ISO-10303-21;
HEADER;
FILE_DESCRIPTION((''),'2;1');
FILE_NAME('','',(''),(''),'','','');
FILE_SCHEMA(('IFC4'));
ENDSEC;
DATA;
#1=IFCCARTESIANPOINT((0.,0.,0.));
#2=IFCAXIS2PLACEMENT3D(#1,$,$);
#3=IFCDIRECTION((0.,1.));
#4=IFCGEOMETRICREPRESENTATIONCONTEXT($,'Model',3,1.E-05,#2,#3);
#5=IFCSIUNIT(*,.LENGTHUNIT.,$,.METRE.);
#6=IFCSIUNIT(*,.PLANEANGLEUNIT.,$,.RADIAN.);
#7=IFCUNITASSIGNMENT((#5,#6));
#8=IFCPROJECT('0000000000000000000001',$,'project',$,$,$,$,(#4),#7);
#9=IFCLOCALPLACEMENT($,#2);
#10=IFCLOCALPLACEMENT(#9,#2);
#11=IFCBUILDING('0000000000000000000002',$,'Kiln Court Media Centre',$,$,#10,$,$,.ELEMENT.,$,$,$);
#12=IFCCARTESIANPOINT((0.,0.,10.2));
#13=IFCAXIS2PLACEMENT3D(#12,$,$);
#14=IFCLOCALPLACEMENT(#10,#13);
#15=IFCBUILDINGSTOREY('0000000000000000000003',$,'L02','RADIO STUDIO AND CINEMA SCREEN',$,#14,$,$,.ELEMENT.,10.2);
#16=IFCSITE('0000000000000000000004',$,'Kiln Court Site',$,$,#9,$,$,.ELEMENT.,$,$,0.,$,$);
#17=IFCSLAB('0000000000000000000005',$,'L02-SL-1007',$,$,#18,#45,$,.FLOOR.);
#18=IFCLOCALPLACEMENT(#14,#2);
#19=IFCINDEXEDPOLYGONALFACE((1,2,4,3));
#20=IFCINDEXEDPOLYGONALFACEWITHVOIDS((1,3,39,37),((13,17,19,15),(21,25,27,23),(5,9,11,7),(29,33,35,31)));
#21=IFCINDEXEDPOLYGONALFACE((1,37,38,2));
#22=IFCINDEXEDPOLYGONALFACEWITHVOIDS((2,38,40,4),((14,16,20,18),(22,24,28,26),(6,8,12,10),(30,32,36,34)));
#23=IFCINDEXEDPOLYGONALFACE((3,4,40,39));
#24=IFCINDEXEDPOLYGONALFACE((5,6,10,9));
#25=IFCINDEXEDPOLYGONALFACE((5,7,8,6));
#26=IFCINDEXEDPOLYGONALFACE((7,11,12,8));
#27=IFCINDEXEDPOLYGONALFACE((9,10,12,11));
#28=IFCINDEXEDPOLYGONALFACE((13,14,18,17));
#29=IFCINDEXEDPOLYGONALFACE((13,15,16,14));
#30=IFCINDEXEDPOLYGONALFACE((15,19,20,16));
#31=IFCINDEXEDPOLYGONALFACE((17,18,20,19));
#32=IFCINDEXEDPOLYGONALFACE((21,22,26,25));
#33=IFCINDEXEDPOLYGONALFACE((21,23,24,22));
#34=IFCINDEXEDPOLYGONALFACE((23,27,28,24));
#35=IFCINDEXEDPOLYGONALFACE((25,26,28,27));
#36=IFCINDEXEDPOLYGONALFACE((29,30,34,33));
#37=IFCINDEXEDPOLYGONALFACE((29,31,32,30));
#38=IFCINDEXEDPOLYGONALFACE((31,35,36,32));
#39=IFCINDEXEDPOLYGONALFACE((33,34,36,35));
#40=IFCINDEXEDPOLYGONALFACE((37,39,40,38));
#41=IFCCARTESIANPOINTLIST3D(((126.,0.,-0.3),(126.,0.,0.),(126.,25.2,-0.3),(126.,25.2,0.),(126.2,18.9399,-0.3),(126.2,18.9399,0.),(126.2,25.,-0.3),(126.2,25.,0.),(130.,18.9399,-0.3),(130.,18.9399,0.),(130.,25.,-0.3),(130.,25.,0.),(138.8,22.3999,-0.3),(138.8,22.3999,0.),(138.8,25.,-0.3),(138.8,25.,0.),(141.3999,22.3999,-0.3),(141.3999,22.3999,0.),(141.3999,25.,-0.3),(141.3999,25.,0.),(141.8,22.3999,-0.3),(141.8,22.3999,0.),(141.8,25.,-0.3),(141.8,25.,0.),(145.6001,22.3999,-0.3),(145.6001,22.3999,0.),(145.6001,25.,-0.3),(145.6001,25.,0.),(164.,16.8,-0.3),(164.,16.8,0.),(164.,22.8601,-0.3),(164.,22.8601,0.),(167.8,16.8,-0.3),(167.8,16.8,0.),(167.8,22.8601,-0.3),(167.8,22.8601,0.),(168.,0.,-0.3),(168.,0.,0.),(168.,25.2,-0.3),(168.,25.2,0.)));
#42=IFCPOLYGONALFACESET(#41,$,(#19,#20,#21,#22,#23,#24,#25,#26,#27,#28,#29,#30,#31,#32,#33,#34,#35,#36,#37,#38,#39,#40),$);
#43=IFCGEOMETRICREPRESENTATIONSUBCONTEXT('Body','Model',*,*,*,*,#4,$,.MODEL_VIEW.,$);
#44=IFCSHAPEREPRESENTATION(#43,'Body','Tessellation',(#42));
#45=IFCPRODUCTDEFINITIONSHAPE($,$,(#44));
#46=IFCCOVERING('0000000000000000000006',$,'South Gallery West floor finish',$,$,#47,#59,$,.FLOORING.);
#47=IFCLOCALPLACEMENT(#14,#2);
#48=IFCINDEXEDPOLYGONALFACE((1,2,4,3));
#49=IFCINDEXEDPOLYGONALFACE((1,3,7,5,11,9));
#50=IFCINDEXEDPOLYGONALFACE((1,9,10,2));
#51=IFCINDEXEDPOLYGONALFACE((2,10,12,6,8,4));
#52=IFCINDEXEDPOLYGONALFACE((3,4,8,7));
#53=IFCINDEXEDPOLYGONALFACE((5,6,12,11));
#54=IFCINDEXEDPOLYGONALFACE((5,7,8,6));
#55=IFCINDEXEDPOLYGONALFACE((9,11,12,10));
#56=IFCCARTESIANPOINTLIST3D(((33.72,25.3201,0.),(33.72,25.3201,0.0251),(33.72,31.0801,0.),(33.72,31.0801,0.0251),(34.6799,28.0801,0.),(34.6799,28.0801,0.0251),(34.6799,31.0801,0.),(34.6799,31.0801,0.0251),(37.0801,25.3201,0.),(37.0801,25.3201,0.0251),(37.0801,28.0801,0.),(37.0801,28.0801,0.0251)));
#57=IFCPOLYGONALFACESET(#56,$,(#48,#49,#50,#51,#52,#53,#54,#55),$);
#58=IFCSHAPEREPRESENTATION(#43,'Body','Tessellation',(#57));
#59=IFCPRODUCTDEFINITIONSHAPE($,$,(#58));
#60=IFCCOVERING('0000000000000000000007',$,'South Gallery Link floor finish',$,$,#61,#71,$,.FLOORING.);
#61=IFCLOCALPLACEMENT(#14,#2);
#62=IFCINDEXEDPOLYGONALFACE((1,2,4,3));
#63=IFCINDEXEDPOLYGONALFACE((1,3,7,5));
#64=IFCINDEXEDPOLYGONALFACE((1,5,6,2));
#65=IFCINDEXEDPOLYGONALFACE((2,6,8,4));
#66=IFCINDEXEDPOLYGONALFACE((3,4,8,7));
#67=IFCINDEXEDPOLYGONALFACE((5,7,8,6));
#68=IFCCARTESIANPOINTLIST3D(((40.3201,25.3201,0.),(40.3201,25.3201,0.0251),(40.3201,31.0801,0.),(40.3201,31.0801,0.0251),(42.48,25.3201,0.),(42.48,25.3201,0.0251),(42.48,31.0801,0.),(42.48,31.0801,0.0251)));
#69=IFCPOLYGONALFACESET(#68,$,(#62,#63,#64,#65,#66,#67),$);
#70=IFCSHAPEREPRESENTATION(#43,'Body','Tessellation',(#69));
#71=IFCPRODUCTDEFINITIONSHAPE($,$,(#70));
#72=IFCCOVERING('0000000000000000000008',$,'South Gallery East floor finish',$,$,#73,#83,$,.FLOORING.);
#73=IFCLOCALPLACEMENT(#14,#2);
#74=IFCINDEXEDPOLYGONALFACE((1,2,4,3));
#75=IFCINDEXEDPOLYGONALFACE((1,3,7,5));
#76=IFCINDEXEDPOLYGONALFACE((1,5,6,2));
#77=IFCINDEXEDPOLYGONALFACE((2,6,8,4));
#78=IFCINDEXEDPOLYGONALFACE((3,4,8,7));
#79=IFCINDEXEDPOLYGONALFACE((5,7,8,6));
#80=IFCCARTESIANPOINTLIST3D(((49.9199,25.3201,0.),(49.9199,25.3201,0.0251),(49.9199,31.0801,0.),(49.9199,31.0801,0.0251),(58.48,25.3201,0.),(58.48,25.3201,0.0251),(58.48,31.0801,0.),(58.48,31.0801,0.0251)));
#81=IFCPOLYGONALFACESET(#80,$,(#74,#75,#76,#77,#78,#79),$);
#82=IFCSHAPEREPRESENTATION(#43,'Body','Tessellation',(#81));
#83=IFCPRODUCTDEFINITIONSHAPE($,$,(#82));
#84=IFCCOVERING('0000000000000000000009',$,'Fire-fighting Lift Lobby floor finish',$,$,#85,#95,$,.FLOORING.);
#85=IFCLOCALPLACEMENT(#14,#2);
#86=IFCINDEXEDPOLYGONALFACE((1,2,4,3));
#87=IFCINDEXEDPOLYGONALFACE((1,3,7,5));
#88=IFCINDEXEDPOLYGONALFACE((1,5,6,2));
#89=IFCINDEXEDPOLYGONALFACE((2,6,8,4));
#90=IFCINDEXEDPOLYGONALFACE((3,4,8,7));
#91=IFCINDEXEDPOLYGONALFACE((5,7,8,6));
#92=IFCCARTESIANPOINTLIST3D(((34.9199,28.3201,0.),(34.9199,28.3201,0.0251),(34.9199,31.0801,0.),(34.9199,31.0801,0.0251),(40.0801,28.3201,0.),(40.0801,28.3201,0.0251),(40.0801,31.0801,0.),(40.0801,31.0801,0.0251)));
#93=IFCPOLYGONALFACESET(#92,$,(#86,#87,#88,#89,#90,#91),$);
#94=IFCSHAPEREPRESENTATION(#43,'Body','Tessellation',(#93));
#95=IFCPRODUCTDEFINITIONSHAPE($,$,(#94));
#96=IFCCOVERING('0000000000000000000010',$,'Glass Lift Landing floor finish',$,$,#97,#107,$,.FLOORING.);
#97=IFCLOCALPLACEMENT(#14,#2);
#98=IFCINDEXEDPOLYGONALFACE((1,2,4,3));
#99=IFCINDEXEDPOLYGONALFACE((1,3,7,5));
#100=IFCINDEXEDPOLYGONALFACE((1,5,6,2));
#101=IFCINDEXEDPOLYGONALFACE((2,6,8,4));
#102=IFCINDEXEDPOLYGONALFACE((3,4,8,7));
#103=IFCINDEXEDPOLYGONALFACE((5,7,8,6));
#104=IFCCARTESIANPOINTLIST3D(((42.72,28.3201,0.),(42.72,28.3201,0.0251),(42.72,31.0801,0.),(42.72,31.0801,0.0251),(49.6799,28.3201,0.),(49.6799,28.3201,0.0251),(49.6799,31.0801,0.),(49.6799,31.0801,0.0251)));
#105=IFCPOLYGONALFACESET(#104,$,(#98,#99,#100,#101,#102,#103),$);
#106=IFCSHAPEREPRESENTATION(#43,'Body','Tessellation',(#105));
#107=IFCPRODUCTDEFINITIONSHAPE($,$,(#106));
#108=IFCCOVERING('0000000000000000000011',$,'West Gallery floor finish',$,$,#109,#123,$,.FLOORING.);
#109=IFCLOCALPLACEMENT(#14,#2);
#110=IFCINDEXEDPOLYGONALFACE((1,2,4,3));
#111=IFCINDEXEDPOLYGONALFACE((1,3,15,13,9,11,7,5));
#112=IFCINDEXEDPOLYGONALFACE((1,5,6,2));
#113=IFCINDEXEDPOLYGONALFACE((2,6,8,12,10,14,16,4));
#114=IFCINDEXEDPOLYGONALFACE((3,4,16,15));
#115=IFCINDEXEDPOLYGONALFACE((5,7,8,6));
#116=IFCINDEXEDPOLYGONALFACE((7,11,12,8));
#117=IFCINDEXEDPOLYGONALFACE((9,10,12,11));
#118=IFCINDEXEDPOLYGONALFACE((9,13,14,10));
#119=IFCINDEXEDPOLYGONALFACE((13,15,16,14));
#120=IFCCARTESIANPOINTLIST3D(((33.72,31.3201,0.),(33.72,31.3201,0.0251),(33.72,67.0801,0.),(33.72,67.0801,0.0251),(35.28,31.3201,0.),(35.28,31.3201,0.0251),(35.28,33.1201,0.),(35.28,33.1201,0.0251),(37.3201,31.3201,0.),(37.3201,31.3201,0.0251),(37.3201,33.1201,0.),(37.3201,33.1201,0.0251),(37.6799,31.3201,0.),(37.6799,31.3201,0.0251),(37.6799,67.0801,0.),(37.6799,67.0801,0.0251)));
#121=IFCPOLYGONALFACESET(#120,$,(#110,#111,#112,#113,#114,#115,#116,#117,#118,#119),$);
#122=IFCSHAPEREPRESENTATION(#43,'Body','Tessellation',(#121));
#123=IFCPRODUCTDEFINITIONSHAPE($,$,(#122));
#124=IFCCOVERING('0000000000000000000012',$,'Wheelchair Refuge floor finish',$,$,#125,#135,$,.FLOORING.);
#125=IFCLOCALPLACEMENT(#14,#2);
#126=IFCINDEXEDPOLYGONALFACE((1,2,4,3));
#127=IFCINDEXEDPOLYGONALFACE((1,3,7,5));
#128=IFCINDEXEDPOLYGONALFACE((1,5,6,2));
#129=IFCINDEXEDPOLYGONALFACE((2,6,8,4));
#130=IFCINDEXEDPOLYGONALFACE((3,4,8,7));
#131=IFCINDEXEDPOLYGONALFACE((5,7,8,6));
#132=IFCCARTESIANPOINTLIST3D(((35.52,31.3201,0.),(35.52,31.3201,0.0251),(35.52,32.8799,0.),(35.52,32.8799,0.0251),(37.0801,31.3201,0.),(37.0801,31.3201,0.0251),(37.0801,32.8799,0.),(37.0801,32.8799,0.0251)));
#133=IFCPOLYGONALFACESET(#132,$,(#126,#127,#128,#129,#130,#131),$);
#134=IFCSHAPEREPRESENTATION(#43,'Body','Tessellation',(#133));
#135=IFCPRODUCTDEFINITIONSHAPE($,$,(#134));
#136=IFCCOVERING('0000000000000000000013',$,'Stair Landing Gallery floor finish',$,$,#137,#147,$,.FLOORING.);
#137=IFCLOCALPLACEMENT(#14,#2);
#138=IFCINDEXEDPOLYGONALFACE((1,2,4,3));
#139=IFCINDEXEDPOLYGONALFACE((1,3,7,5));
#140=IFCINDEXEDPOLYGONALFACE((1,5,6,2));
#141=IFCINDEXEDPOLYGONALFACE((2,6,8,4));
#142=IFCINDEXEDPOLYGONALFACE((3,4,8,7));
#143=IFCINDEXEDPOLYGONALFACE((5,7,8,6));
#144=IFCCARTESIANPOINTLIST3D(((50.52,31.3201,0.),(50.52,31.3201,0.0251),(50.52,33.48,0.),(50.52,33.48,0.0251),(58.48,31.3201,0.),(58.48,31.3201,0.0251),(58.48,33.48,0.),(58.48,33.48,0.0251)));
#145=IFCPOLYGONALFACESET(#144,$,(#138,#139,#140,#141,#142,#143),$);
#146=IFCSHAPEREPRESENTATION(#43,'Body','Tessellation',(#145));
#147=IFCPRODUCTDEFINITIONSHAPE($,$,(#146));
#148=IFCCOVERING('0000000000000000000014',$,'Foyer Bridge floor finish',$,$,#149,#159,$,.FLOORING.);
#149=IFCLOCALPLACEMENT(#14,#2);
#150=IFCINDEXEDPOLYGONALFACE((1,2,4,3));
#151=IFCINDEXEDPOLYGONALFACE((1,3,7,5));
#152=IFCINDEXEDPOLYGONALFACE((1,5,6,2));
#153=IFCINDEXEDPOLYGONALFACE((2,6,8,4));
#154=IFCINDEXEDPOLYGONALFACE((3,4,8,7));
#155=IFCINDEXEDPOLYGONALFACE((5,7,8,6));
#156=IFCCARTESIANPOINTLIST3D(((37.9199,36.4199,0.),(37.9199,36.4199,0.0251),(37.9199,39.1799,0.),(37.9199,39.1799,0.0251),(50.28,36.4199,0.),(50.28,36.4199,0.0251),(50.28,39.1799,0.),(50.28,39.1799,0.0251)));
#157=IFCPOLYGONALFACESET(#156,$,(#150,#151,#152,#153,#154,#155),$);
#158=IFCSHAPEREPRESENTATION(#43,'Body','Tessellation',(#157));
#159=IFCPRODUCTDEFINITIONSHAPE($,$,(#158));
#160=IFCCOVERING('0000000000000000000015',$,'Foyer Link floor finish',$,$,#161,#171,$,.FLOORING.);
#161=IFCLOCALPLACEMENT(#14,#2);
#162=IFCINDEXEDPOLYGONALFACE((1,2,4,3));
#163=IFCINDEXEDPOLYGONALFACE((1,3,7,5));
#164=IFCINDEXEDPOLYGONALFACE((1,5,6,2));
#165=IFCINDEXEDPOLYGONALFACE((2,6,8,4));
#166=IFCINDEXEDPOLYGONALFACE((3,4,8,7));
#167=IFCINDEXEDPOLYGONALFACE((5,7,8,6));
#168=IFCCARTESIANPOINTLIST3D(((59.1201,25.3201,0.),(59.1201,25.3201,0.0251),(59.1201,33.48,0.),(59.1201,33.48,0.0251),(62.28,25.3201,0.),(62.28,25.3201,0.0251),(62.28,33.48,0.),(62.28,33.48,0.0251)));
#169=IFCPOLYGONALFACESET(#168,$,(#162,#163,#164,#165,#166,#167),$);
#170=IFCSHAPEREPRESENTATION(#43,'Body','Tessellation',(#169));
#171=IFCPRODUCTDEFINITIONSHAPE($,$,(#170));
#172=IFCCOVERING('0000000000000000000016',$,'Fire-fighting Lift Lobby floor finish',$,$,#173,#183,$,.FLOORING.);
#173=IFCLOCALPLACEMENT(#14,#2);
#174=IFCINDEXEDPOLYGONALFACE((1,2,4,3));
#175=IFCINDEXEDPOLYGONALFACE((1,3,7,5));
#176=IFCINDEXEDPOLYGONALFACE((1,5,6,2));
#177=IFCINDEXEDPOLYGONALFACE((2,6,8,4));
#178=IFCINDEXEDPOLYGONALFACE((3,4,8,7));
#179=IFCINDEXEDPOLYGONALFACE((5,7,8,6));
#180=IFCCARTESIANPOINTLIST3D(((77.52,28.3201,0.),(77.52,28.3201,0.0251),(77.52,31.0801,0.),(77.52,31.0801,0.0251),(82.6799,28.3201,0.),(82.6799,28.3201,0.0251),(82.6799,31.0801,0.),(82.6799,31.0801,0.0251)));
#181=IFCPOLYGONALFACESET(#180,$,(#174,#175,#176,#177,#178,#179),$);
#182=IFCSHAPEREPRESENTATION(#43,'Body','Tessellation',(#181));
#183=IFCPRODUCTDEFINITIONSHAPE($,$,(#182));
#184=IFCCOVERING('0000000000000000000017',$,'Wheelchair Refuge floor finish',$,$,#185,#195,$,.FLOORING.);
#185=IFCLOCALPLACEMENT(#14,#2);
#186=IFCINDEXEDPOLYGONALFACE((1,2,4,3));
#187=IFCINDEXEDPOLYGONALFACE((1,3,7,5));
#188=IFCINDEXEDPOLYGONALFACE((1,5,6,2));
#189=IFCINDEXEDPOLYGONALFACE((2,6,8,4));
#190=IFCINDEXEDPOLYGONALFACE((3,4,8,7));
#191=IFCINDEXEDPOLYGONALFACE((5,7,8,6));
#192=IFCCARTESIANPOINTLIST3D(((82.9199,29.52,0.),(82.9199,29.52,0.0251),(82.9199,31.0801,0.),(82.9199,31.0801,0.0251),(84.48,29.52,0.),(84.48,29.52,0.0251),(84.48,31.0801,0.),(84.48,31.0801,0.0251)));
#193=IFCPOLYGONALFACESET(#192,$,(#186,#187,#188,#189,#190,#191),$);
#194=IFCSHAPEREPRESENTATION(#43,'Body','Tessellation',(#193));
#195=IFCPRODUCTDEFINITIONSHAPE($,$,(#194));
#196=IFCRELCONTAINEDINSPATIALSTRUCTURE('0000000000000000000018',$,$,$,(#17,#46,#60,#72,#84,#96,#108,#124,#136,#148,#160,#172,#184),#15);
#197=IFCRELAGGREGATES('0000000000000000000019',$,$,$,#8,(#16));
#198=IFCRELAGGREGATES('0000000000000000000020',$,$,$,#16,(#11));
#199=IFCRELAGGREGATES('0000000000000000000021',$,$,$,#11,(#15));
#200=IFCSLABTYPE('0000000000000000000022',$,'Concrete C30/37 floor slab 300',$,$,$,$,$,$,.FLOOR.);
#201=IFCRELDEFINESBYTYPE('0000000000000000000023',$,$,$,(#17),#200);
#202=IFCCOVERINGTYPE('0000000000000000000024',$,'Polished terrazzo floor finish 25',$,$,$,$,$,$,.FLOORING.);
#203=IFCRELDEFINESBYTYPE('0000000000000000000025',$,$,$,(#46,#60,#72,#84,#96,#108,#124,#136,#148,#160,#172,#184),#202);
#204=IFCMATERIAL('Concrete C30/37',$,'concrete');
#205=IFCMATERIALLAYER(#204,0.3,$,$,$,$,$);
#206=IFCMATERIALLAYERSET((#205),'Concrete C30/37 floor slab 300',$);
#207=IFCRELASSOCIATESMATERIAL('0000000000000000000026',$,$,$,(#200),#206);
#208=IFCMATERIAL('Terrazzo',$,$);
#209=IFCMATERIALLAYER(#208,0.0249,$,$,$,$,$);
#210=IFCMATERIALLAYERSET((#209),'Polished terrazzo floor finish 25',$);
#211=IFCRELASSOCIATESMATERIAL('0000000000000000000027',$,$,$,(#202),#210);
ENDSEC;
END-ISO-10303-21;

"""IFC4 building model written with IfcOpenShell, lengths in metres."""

from ifc_helpers import new_model, si_unit, direction, frame, origin, place, context, subcontext, project, spatial, polyline, outline, extrude, material, layer, layer_set, type_object, element, save


model = new_model("IFC4")

# Units and contexts
model_context = context("Model", 3, precision=1e-05, world=origin(), true_north=direction((0.0, 1.0)))
body_context = subcontext(model_context, "Body", "Model", "MODEL_VIEW")
ifc_project = project(units=[si_unit("LENGTHUNIT", "METRE"), si_unit("PLANEANGLEUNIT", "RADIAN")], contexts=[model_context])

# Site, building, storey
site_placement = place(None, origin())
site = spatial("IfcSite", under=ifc_project, at=site_placement, Name="Kiln Court Site", CompositionType="ELEMENT", RefElevation=0.0)
building_placement = place(site_placement, origin())
building = spatial("IfcBuilding", under=site, at=building_placement, Name="Kiln Court Media Centre", CompositionType="ELEMENT")
storey_placement = place(building_placement, frame((0.0, 0.0, 10.2)))
storey = spatial("IfcBuildingStorey", under=building, at=storey_placement, Name="L02", Description="RADIO STUDIO AND CINEMA SCREEN", CompositionType="ELEMENT", Elevation=10.2)

# Slab
ifc_material_1 = material(Name="Concrete C30/37", Category="concrete")
ifc_layer_1 = layer(ifc_material_1, 0.3)
ifc_layer_set_1 = layer_set([ifc_layer_1], Name="Concrete C30/37 floor slab 300")
slab_type_1 = type_object("IfcSlabType", Name="Concrete C30/37 floor slab 300", PredefinedType="FLOOR", material=ifc_layer_set_1)
slab_1_placement = place(storey_placement, frame((0.0, 0.0, -0.3)))
element("IfcSlab", 1, at=slab_1_placement, inside=storey, type_object=slab_type_1, Name="L02-SL-1007", PredefinedType="FLOOR", context=body_context, shape_type="SweptSolid", body=[
    extrude(outline(polyline([(126.0, 0.0), (126.0, 25.2), (168.0, 25.2), (168.0, 0.0), (126.0, 0.0)]), holes=[polyline([(164.0, 16.8), (167.8, 16.8), (167.8, 22.8601), (164.0, 22.8601), (164.0, 16.8)]), polyline([(126.2, 18.9399), (130.0, 18.9399), (130.0, 25.0), (126.2, 25.0), (126.2, 18.9399)]), polyline([(138.8, 22.3999), (141.3999, 22.3999), (141.3999, 25.0), (138.8, 25.0), (138.8, 22.3999)]), polyline([(141.8, 22.3999), (145.6001, 22.3999), (145.6001, 25.0), (141.8, 25.0), (141.8, 22.3999)])]), origin(), (0.0, 0.0, 1.0), 0.3),
])

# Coverings
ifc_material_2 = material(Name="Terrazzo")
ifc_layer_2 = layer(ifc_material_2, 0.0249)
ifc_layer_set_2 = layer_set([ifc_layer_2], Name="Polished terrazzo floor finish 25")
covering_type = type_object("IfcCoveringType", Name="Polished terrazzo floor finish 25", PredefinedType="FLOORING", material=ifc_layer_set_2)
covering_1_placement = place(storey_placement, origin())
element("IfcCovering", 2, at=covering_1_placement, inside=storey, type_object=covering_type, Name="South Gallery West floor finish", PredefinedType="FLOORING", context=body_context, shape_type="SweptSolid", body=[
    extrude(outline(polyline([(37.0801, 25.3201), (37.0801, 28.0801), (34.6799, 28.0801), (34.6799, 31.0801), (33.72, 31.0801), (33.72, 25.3201), (37.0801, 25.3201)])), origin(), (0.0, 0.0, 1.0), 0.0251),
])
covering_2_placement = place(storey_placement, origin())
element("IfcCovering", 3, at=covering_2_placement, inside=storey, type_object=covering_type, Name="South Gallery Link floor finish", PredefinedType="FLOORING", context=body_context, shape_type="SweptSolid", body=[
    extrude(outline(polyline([(40.3201, 25.3201), (42.48, 25.3201), (42.48, 31.0801), (40.3201, 31.0801), (40.3201, 25.3201)])), origin(), (0.0, 0.0, 1.0), 0.0251),
])
covering_3_placement = place(storey_placement, origin())
element("IfcCovering", 4, at=covering_3_placement, inside=storey, type_object=covering_type, Name="South Gallery East floor finish", PredefinedType="FLOORING", context=body_context, shape_type="SweptSolid", body=[
    extrude(outline(polyline([(49.9199, 25.3201), (58.48, 25.3201), (58.48, 31.0801), (49.9199, 31.0801), (49.9199, 25.3201)])), origin(), (0.0, 0.0, 1.0), 0.0251),
])
covering_4_placement = place(storey_placement, origin())
element("IfcCovering", 5, at=covering_4_placement, inside=storey, type_object=covering_type, Name="Fire-fighting Lift Lobby floor finish", PredefinedType="FLOORING", context=body_context, shape_type="SweptSolid", body=[
    extrude(outline(polyline([(34.9199, 28.3201), (40.0801, 28.3201), (40.0801, 31.0801), (34.9199, 31.0801), (34.9199, 28.3201)])), origin(), (0.0, 0.0, 1.0), 0.0251),
])
covering_5_placement = place(storey_placement, origin())
element("IfcCovering", 6, at=covering_5_placement, inside=storey, type_object=covering_type, Name="Glass Lift Landing floor finish", PredefinedType="FLOORING", context=body_context, shape_type="SweptSolid", body=[
    extrude(outline(polyline([(42.72, 28.3201), (49.6799, 28.3201), (49.6799, 31.0801), (42.72, 31.0801), (42.72, 28.3201)])), origin(), (0.0, 0.0, 1.0), 0.0251),
])
covering_6_placement = place(storey_placement, origin())
element("IfcCovering", 7, at=covering_6_placement, inside=storey, type_object=covering_type, Name="West Gallery floor finish", PredefinedType="FLOORING", context=body_context, shape_type="SweptSolid", body=[
    extrude(outline(polyline([(33.72, 31.3201), (35.28, 31.3201), (35.28, 33.1201), (37.3201, 33.1201), (37.3201, 31.3201), (37.6799, 31.3201), (37.6799, 67.0801), (33.72, 67.0801), (33.72, 31.3201)])), origin(), (0.0, 0.0, 1.0), 0.0251),
])
covering_7_placement = place(storey_placement, origin())
element("IfcCovering", 8, at=covering_7_placement, inside=storey, type_object=covering_type, Name="Wheelchair Refuge floor finish", PredefinedType="FLOORING", context=body_context, shape_type="SweptSolid", body=[
    extrude(outline(polyline([(35.52, 31.3201), (37.0801, 31.3201), (37.0801, 32.8799), (35.52, 32.8799), (35.52, 31.3201)])), origin(), (0.0, 0.0, 1.0), 0.0251),
])
covering_8_placement = place(storey_placement, origin())
element("IfcCovering", 9, at=covering_8_placement, inside=storey, type_object=covering_type, Name="Stair Landing Gallery floor finish", PredefinedType="FLOORING", context=body_context, shape_type="SweptSolid", body=[
    extrude(outline(polyline([(50.52, 31.3201), (58.48, 31.3201), (58.48, 33.48), (50.52, 33.48), (50.52, 31.3201)])), origin(), (0.0, 0.0, 1.0), 0.0251),
])
covering_9_placement = place(storey_placement, origin())
element("IfcCovering", 10, at=covering_9_placement, inside=storey, type_object=covering_type, Name="Foyer Bridge floor finish", PredefinedType="FLOORING", context=body_context, shape_type="SweptSolid", body=[
    extrude(outline(polyline([(50.28, 36.4199), (50.28, 39.1799), (37.9199, 39.1799), (37.9199, 36.4199), (50.28, 36.4199)])), origin(), (0.0, 0.0, 1.0), 0.0251),
])
covering_10_placement = place(storey_placement, origin())
element("IfcCovering", 11, at=covering_10_placement, inside=storey, type_object=covering_type, Name="Foyer Link floor finish", PredefinedType="FLOORING", context=body_context, shape_type="SweptSolid", body=[
    extrude(outline(polyline([(62.28, 33.48), (59.1201, 33.48), (59.1201, 25.3201), (62.28, 25.3201), (62.28, 33.48)])), origin(), (0.0, 0.0, 1.0), 0.0251),
])
covering_11_placement = place(storey_placement, origin())
element("IfcCovering", 12, at=covering_11_placement, inside=storey, type_object=covering_type, Name="Fire-fighting Lift Lobby floor finish", PredefinedType="FLOORING", context=body_context, shape_type="SweptSolid", body=[
    extrude(outline(polyline([(77.52, 28.3201), (82.6799, 28.3201), (82.6799, 31.0801), (77.52, 31.0801), (77.52, 28.3201)])), origin(), (0.0, 0.0, 1.0), 0.0251),
])
covering_12_placement = place(storey_placement, origin())
element("IfcCovering", 13, at=covering_12_placement, inside=storey, type_object=covering_type, Name="Wheelchair Refuge floor finish", PredefinedType="FLOORING", context=body_context, shape_type="SweptSolid", body=[
    extrude(outline(polyline([(82.9199, 29.52), (84.48, 29.52), (84.48, 31.0801), (82.9199, 31.0801), (82.9199, 29.52)])), origin(), (0.0, 0.0, 1.0), 0.0251),
])

save(model, "model.ifc")
